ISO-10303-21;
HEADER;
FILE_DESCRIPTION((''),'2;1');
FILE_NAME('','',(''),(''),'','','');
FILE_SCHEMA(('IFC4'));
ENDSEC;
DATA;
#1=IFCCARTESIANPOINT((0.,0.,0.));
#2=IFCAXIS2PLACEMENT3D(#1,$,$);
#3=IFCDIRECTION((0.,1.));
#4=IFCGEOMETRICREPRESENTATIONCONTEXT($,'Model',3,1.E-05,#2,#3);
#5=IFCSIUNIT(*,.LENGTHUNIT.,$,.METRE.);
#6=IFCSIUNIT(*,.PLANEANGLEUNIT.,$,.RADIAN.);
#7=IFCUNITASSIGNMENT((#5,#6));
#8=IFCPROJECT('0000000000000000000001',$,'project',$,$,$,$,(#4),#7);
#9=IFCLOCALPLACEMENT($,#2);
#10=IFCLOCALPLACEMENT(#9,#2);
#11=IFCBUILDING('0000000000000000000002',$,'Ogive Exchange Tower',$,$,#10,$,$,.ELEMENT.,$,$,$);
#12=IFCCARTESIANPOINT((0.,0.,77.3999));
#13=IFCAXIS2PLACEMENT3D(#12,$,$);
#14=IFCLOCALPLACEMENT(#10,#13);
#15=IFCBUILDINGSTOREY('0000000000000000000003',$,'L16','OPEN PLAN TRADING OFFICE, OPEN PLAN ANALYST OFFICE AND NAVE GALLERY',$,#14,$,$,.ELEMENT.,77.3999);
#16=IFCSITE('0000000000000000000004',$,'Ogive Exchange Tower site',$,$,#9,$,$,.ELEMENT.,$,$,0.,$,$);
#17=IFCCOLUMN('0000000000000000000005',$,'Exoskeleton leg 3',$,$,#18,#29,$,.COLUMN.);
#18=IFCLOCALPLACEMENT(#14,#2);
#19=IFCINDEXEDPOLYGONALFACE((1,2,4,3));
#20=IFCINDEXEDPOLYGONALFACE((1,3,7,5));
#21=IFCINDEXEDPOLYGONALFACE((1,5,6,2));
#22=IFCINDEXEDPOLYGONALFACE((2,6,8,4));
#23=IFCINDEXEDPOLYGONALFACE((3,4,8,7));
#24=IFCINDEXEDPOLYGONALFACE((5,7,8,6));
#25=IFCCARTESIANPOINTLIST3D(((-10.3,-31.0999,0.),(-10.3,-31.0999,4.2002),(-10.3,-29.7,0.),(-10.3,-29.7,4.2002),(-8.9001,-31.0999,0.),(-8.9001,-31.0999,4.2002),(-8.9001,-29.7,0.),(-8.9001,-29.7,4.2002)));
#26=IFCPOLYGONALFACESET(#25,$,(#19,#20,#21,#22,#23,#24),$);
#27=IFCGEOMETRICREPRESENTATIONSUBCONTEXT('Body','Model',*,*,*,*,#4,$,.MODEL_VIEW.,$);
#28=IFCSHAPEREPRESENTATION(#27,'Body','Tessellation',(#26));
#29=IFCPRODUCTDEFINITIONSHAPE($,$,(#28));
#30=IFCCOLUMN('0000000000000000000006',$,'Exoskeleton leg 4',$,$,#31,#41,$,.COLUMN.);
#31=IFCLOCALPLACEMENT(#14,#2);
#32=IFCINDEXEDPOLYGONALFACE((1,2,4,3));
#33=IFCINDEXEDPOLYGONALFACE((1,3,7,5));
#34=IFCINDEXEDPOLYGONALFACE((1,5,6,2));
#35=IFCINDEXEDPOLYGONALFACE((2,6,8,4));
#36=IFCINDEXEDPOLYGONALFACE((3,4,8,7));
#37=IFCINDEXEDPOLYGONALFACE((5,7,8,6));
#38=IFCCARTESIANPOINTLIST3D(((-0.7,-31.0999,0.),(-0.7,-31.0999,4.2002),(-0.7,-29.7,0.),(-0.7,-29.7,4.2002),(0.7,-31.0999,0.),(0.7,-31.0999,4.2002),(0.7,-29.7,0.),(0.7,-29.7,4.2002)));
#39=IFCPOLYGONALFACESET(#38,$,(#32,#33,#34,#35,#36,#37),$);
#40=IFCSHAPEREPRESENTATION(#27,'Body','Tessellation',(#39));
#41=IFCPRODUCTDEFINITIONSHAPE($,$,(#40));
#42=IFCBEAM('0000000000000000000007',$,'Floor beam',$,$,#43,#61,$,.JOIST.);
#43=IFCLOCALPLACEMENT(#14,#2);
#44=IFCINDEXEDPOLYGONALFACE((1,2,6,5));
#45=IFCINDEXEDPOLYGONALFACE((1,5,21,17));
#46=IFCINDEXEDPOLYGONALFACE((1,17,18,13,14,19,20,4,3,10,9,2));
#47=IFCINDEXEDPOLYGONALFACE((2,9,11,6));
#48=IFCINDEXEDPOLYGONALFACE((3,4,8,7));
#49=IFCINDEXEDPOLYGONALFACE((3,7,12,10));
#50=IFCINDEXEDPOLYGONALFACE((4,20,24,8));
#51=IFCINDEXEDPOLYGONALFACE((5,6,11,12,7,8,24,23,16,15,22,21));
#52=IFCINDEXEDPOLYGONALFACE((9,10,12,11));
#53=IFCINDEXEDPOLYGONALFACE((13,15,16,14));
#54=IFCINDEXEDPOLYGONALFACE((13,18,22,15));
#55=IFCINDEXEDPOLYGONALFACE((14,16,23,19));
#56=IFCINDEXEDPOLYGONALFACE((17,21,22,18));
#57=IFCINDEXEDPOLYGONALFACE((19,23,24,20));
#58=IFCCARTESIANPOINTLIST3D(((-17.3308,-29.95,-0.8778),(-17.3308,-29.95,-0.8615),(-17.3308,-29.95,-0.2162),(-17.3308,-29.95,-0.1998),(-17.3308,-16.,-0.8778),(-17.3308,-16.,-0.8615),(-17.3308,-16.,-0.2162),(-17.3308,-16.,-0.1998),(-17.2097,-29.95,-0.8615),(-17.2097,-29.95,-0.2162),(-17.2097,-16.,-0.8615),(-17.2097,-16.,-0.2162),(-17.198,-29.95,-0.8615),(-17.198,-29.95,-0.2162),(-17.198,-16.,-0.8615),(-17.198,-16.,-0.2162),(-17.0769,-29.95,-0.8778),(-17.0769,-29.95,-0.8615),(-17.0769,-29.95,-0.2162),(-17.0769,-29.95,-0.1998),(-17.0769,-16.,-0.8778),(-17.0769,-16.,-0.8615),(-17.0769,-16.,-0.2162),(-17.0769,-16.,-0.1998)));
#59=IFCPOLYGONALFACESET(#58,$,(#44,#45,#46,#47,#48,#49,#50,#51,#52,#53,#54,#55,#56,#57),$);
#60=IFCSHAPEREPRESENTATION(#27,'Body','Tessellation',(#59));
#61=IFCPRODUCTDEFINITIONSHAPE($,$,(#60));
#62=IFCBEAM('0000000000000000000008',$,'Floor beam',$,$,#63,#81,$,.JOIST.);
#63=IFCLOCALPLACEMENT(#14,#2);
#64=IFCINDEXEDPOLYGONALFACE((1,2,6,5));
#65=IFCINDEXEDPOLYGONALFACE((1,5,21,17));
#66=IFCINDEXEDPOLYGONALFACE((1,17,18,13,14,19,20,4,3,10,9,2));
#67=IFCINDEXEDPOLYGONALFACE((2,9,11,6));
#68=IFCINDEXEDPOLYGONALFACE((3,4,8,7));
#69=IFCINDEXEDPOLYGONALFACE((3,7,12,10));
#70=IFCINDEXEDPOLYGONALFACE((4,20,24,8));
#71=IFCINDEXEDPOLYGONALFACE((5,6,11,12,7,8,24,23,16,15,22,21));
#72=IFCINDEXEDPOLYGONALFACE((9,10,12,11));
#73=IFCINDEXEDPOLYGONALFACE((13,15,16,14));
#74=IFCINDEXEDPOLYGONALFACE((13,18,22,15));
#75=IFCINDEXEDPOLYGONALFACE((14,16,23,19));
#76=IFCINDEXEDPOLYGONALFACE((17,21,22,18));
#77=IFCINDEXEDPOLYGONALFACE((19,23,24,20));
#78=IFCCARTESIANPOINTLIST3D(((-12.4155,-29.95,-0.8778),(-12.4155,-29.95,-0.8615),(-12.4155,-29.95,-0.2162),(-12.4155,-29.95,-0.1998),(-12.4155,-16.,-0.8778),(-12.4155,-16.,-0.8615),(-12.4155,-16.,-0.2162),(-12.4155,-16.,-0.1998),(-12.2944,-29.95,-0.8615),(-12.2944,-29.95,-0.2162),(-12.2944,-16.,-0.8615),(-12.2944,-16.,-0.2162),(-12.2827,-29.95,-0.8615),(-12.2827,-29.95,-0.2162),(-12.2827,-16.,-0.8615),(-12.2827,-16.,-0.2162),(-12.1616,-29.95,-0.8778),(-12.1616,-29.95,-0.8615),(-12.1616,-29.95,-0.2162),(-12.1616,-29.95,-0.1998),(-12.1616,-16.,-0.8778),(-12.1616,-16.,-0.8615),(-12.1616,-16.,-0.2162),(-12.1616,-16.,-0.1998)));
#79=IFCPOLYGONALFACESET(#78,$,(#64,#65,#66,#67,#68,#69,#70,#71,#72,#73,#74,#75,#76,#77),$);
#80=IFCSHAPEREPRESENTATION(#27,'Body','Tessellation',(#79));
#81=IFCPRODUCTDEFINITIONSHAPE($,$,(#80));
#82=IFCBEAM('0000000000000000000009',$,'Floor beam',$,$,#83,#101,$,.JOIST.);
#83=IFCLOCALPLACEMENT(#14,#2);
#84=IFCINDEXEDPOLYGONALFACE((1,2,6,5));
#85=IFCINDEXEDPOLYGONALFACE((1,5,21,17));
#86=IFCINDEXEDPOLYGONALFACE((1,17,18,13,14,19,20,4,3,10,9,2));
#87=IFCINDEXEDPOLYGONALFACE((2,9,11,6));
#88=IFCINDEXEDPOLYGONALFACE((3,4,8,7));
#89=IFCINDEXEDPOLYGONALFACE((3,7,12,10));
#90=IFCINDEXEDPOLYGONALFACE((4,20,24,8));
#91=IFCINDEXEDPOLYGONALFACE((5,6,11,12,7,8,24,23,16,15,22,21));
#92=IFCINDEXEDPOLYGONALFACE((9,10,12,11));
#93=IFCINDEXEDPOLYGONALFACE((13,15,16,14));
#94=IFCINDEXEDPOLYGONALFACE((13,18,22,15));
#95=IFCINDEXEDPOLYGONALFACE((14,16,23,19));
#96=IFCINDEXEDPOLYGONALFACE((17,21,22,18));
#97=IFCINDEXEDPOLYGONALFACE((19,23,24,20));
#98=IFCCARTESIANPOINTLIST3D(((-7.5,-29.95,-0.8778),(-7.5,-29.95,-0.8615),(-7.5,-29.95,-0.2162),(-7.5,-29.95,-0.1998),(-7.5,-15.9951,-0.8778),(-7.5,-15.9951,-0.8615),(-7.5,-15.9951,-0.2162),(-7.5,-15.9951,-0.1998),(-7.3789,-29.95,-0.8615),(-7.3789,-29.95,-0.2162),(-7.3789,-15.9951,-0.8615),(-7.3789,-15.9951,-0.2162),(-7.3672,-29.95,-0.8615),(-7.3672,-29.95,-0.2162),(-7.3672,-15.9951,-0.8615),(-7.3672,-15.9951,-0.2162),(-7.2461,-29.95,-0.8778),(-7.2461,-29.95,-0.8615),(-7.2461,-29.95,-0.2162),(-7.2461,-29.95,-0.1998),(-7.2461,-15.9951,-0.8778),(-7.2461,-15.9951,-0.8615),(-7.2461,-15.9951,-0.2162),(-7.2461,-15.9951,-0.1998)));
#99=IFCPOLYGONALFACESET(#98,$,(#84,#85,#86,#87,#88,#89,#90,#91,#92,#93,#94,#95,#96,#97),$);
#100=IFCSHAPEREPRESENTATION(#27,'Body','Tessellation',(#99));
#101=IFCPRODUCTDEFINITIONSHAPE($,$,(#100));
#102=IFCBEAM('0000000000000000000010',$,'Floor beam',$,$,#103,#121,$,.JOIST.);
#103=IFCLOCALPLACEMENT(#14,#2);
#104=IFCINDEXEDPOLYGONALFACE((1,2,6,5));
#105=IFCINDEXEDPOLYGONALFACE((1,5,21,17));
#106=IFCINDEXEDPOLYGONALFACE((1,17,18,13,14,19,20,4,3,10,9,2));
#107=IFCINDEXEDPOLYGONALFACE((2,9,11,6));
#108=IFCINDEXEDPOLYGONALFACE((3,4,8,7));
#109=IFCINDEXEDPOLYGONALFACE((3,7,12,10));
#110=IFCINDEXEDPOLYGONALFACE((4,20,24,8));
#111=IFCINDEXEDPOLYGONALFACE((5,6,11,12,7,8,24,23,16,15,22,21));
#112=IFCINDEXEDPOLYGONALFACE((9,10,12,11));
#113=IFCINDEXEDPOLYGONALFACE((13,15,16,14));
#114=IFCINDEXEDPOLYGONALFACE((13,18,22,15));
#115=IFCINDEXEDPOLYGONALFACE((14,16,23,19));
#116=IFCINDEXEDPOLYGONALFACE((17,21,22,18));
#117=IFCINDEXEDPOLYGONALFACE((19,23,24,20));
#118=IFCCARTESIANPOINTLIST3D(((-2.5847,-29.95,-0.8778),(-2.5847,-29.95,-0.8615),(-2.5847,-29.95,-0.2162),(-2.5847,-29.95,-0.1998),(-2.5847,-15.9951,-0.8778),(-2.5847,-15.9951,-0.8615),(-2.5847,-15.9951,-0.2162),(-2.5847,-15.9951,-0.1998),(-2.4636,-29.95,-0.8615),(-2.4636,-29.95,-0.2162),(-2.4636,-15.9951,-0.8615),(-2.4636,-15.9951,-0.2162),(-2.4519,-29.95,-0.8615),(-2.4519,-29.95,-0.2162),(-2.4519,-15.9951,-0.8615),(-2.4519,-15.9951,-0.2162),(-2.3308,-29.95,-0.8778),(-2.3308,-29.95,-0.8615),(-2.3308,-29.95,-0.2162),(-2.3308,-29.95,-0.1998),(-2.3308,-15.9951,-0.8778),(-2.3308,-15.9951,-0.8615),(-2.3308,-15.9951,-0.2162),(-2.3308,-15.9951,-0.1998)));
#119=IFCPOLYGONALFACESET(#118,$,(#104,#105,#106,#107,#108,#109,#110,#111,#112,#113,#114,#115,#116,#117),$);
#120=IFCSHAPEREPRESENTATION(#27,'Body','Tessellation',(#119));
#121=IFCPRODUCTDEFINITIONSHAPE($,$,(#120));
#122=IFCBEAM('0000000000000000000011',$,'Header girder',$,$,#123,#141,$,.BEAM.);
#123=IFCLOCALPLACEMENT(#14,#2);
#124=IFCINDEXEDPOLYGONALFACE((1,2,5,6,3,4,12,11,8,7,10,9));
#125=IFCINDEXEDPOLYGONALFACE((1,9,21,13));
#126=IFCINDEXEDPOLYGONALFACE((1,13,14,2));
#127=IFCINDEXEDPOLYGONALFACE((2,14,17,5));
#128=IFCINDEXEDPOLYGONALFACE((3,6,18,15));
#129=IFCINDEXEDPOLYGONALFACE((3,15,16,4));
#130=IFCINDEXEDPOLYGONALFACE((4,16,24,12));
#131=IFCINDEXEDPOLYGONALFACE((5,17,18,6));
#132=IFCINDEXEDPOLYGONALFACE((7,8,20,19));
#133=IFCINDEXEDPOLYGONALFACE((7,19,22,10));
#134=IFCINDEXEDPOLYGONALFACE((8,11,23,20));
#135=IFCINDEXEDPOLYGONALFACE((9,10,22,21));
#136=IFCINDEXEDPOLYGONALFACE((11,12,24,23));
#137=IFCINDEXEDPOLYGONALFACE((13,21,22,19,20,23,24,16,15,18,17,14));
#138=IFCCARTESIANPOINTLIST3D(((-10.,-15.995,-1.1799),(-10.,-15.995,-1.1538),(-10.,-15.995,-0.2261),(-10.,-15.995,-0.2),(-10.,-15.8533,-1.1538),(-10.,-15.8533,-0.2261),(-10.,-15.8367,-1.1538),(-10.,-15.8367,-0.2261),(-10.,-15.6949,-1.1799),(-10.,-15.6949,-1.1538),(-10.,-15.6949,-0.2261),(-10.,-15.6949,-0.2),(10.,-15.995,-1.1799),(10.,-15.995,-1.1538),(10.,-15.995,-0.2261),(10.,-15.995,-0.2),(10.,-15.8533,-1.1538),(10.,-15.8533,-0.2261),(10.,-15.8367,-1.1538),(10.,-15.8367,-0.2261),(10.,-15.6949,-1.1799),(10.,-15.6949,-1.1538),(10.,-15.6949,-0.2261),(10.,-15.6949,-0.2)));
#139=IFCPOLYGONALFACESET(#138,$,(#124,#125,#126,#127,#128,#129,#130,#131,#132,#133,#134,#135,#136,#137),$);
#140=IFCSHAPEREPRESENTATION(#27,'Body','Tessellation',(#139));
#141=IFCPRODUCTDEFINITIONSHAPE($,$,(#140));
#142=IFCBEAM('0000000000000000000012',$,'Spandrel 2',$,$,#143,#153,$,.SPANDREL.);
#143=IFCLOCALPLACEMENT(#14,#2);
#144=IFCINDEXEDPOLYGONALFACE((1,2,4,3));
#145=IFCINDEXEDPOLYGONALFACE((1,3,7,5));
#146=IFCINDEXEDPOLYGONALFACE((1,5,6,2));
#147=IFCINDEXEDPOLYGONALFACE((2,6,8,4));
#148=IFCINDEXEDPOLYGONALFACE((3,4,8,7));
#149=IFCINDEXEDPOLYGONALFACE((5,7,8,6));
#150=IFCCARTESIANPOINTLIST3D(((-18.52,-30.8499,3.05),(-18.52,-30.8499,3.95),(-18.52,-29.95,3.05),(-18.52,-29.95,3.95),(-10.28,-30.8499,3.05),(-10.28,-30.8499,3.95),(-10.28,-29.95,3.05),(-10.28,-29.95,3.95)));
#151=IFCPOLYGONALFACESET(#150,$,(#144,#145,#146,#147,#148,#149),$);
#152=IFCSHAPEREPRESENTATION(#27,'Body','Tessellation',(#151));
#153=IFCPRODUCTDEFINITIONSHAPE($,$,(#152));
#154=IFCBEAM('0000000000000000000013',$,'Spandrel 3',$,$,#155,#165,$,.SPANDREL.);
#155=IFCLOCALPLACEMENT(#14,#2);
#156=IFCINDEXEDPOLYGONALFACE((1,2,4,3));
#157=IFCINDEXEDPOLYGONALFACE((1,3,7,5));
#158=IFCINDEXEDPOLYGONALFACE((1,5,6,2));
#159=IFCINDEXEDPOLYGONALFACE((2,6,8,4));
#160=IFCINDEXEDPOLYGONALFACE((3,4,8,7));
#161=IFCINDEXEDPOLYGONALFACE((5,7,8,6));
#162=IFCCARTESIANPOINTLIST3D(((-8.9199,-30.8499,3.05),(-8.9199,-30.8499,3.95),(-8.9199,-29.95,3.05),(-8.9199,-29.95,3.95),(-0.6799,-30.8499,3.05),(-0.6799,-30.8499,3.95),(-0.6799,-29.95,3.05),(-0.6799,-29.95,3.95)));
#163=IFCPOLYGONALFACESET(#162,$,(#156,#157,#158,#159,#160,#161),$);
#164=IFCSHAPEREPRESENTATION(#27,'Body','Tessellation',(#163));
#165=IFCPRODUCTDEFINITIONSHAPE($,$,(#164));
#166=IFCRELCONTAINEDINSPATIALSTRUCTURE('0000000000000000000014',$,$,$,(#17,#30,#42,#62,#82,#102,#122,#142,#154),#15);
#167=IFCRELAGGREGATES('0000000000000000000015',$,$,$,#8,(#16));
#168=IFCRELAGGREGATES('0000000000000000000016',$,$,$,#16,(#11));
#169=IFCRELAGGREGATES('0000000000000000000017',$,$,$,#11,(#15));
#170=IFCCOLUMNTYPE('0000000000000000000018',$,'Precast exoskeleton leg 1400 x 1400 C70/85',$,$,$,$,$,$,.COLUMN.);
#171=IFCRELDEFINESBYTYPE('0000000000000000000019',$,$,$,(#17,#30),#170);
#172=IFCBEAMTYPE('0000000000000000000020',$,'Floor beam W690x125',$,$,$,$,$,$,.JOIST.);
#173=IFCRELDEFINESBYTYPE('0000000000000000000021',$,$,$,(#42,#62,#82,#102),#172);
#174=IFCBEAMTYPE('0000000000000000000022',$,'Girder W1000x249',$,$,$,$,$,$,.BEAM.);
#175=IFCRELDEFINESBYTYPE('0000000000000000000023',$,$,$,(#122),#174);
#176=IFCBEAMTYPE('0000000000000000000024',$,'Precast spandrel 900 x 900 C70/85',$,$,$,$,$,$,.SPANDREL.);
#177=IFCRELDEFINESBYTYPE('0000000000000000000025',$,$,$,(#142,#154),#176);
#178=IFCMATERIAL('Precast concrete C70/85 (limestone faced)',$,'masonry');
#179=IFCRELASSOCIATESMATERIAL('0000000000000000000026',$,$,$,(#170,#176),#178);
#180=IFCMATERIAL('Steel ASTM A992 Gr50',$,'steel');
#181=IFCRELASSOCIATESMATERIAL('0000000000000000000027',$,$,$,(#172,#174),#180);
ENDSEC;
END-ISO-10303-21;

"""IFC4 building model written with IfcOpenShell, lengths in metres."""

from ifc_helpers import new_model, si_unit, direction, frame, origin, origin_2d, place, context, subcontext, project, spatial, rectangle, i_section, extrude, material, material_profile, profile_set, type_object, element, save


model = new_model("IFC4")

# Units and contexts
model_context = context("Model", 3, precision=1e-05, world=origin(), true_north=direction((0.0, 1.0)))
body_context = subcontext(model_context, "Body", "Model", "MODEL_VIEW")
ifc_project = project(units=[si_unit("LENGTHUNIT", "METRE"), si_unit("PLANEANGLEUNIT", "RADIAN")], contexts=[model_context])

# Site, building, storey
site_placement = place(None, origin())
site = spatial("IfcSite", under=ifc_project, at=site_placement, Name="Ogive Exchange Tower site", CompositionType="ELEMENT", RefElevation=0.0)
building_placement = place(site_placement, origin())
building = spatial("IfcBuilding", under=site, at=building_placement, Name="Ogive Exchange Tower", CompositionType="ELEMENT")
storey_placement = place(building_placement, frame((0.0, 0.0, 77.3999)))
storey = spatial("IfcBuildingStorey", under=building, at=storey_placement, Name="L16", Description="OPEN PLAN TRADING OFFICE, OPEN PLAN ANALYST OFFICE AND NAVE GALLERY", CompositionType="ELEMENT", Elevation=77.3999)

# Columns
ifc_material_1 = material(Name="Precast concrete C70/85 (limestone faced)", Category="masonry")
ifc_material_profile_1 = material_profile(ifc_material_1, rectangle(XDim=1.3999, YDim=1.3999, at=origin_2d()), Name="1400 x 1400")
ifc_profile_set_1 = profile_set([ifc_material_profile_1], Name="Precast concrete C70/85 (limestone faced)")
column_type = type_object("IfcColumnType", Name="Precast exoskeleton leg 1400 x 1400 C70/85", PredefinedType="COLUMN", material=ifc_profile_set_1)
for number, where, z_axis, x_axis, name in (
    (1, (-9.6001, -30.3999, 0.0), (0.0, 0.0, 1.0), (1.0, 0.0, 0.0), "Exoskeleton leg 3"),
    (2, (0.0, -30.3999, 0.0), (0.0, 0.0, 1.0), (1.0, 0.0, 0.0), "Exoskeleton leg 4"),
):
    element("IfcColumn", number, at=place(storey_placement, frame(where, z_axis=z_axis, x_axis=x_axis)), inside=storey, type_object=column_type, Name=name, PredefinedType="COLUMN", context=body_context, shape_type="SweptSolid", body=[
        extrude(rectangle(XDim=1.3999, YDim=1.3999, at=origin_2d()), origin(), (0.0, 0.0, 1.0), 4.2002),
    ])

# Beams
ifc_material_2 = material(Name="Steel ASTM A992 Gr50", Category="steel")
ifc_material_profile_2 = material_profile(ifc_material_2, i_section(OverallWidth=0.2539, OverallDepth=0.678, WebThickness=0.0117, FlangeThickness=0.0164, at=origin_2d()), Name="W690x125")
ifc_profile_set_2 = profile_set([ifc_material_profile_2], Name="Steel ASTM A992 Gr50")
beam_type_1 = type_object("IfcBeamType", Name="Floor beam W690x125", PredefinedType="JOIST", material=ifc_profile_set_2)
for number, where, z_axis, x_axis, name in (
    (3, (-17.2039, -29.95, -0.5388), (0.0, 1.0, 0.0), (-1.0, 0.0, 0.0), "Floor beam"),
    (4, (-12.2886, -29.95, -0.5388), (0.0, 1.0, 0.0), (-1.0, 0.0, 0.0), "Floor beam"),
):
    element("IfcBeam", number, at=place(storey_placement, frame(where, z_axis=z_axis, x_axis=x_axis)), inside=storey, type_object=beam_type_1, Name=name, PredefinedType="JOIST", context=body_context, shape_type="SweptSolid", body=[
        extrude(i_section(OverallWidth=0.2539, OverallDepth=0.678, WebThickness=0.0117, FlangeThickness=0.0164, at=origin_2d()), origin(), (0.0, 0.0, 1.0), 13.95),
    ])
for number, where, z_axis, x_axis, name in (
    (5, (-7.373, -29.95, -0.5388), (0.0, 1.0, 0.0), (-1.0, 0.0, 0.0), "Floor beam"),
    (6, (-2.4578, -29.95, -0.5388), (0.0, 1.0, 0.0), (-1.0, 0.0, 0.0), "Floor beam"),
):
    element("IfcBeam", number, at=place(storey_placement, frame(where, z_axis=z_axis, x_axis=x_axis)), inside=storey, type_object=beam_type_1, Name=name, PredefinedType="JOIST", context=body_context, shape_type="SweptSolid", body=[
        extrude(i_section(OverallWidth=0.2539, OverallDepth=0.678, WebThickness=0.0117, FlangeThickness=0.0164, at=origin_2d()), origin(), (0.0, 0.0, 1.0), 13.9548),
    ])
ifc_material_profile_3 = material_profile(ifc_material_2, i_section(OverallWidth=0.3, OverallDepth=0.98, WebThickness=0.0166, FlangeThickness=0.0261, at=origin_2d()), Name="W1000x249")
ifc_profile_set_3 = profile_set([ifc_material_profile_3], Name="Steel ASTM A992 Gr50")
beam_type_2 = type_object("IfcBeamType", Name="Girder W1000x249", PredefinedType="BEAM", material=ifc_profile_set_3)
beam_placement = place(storey_placement, frame((-10.0, -15.845, -0.6899), z_axis=(1.0, 0.0, 0.0), x_axis=(0.0, 1.0, 0.0)))
element("IfcBeam", 7, at=beam_placement, inside=storey, type_object=beam_type_2, Name="Header girder", PredefinedType="BEAM", context=body_context, shape_type="SweptSolid", body=[
    extrude(i_section(OverallWidth=0.3, OverallDepth=0.98, WebThickness=0.0166, FlangeThickness=0.0261, at=origin_2d()), origin(), (0.0, 0.0, 1.0), 20.0),
])
ifc_material_profile_4 = material_profile(ifc_material_1, rectangle(XDim=0.8999, YDim=0.8999, at=origin_2d()), Name="900 x 900")
ifc_profile_set_4 = profile_set([ifc_material_profile_4], Name="Precast concrete C70/85 (limestone faced)")
beam_type_3 = type_object("IfcBeamType", Name="Precast spandrel 900 x 900 C70/85", PredefinedType="SPANDREL", material=ifc_profile_set_4)
for number, where, z_axis, x_axis, name in (
    (8, (-18.52, -30.3999, 3.5), (1.0, 0.0, 0.0), (0.0, 1.0, 0.0), "Spandrel 2"),
    (9, (-8.9199, -30.3999, 3.5), (1.0, 0.0, 0.0), (0.0, 1.0, 0.0), "Spandrel 3"),
):
    element("IfcBeam", number, at=place(storey_placement, frame(where, z_axis=z_axis, x_axis=x_axis)), inside=storey, type_object=beam_type_3, Name=name, PredefinedType="SPANDREL", context=body_context, shape_type="SweptSolid", body=[
        extrude(rectangle(XDim=0.8999, YDim=0.8999, at=origin_2d()), origin(), (0.0, 0.0, 1.0), 8.24),
    ])

save(model, "model.ifc")
